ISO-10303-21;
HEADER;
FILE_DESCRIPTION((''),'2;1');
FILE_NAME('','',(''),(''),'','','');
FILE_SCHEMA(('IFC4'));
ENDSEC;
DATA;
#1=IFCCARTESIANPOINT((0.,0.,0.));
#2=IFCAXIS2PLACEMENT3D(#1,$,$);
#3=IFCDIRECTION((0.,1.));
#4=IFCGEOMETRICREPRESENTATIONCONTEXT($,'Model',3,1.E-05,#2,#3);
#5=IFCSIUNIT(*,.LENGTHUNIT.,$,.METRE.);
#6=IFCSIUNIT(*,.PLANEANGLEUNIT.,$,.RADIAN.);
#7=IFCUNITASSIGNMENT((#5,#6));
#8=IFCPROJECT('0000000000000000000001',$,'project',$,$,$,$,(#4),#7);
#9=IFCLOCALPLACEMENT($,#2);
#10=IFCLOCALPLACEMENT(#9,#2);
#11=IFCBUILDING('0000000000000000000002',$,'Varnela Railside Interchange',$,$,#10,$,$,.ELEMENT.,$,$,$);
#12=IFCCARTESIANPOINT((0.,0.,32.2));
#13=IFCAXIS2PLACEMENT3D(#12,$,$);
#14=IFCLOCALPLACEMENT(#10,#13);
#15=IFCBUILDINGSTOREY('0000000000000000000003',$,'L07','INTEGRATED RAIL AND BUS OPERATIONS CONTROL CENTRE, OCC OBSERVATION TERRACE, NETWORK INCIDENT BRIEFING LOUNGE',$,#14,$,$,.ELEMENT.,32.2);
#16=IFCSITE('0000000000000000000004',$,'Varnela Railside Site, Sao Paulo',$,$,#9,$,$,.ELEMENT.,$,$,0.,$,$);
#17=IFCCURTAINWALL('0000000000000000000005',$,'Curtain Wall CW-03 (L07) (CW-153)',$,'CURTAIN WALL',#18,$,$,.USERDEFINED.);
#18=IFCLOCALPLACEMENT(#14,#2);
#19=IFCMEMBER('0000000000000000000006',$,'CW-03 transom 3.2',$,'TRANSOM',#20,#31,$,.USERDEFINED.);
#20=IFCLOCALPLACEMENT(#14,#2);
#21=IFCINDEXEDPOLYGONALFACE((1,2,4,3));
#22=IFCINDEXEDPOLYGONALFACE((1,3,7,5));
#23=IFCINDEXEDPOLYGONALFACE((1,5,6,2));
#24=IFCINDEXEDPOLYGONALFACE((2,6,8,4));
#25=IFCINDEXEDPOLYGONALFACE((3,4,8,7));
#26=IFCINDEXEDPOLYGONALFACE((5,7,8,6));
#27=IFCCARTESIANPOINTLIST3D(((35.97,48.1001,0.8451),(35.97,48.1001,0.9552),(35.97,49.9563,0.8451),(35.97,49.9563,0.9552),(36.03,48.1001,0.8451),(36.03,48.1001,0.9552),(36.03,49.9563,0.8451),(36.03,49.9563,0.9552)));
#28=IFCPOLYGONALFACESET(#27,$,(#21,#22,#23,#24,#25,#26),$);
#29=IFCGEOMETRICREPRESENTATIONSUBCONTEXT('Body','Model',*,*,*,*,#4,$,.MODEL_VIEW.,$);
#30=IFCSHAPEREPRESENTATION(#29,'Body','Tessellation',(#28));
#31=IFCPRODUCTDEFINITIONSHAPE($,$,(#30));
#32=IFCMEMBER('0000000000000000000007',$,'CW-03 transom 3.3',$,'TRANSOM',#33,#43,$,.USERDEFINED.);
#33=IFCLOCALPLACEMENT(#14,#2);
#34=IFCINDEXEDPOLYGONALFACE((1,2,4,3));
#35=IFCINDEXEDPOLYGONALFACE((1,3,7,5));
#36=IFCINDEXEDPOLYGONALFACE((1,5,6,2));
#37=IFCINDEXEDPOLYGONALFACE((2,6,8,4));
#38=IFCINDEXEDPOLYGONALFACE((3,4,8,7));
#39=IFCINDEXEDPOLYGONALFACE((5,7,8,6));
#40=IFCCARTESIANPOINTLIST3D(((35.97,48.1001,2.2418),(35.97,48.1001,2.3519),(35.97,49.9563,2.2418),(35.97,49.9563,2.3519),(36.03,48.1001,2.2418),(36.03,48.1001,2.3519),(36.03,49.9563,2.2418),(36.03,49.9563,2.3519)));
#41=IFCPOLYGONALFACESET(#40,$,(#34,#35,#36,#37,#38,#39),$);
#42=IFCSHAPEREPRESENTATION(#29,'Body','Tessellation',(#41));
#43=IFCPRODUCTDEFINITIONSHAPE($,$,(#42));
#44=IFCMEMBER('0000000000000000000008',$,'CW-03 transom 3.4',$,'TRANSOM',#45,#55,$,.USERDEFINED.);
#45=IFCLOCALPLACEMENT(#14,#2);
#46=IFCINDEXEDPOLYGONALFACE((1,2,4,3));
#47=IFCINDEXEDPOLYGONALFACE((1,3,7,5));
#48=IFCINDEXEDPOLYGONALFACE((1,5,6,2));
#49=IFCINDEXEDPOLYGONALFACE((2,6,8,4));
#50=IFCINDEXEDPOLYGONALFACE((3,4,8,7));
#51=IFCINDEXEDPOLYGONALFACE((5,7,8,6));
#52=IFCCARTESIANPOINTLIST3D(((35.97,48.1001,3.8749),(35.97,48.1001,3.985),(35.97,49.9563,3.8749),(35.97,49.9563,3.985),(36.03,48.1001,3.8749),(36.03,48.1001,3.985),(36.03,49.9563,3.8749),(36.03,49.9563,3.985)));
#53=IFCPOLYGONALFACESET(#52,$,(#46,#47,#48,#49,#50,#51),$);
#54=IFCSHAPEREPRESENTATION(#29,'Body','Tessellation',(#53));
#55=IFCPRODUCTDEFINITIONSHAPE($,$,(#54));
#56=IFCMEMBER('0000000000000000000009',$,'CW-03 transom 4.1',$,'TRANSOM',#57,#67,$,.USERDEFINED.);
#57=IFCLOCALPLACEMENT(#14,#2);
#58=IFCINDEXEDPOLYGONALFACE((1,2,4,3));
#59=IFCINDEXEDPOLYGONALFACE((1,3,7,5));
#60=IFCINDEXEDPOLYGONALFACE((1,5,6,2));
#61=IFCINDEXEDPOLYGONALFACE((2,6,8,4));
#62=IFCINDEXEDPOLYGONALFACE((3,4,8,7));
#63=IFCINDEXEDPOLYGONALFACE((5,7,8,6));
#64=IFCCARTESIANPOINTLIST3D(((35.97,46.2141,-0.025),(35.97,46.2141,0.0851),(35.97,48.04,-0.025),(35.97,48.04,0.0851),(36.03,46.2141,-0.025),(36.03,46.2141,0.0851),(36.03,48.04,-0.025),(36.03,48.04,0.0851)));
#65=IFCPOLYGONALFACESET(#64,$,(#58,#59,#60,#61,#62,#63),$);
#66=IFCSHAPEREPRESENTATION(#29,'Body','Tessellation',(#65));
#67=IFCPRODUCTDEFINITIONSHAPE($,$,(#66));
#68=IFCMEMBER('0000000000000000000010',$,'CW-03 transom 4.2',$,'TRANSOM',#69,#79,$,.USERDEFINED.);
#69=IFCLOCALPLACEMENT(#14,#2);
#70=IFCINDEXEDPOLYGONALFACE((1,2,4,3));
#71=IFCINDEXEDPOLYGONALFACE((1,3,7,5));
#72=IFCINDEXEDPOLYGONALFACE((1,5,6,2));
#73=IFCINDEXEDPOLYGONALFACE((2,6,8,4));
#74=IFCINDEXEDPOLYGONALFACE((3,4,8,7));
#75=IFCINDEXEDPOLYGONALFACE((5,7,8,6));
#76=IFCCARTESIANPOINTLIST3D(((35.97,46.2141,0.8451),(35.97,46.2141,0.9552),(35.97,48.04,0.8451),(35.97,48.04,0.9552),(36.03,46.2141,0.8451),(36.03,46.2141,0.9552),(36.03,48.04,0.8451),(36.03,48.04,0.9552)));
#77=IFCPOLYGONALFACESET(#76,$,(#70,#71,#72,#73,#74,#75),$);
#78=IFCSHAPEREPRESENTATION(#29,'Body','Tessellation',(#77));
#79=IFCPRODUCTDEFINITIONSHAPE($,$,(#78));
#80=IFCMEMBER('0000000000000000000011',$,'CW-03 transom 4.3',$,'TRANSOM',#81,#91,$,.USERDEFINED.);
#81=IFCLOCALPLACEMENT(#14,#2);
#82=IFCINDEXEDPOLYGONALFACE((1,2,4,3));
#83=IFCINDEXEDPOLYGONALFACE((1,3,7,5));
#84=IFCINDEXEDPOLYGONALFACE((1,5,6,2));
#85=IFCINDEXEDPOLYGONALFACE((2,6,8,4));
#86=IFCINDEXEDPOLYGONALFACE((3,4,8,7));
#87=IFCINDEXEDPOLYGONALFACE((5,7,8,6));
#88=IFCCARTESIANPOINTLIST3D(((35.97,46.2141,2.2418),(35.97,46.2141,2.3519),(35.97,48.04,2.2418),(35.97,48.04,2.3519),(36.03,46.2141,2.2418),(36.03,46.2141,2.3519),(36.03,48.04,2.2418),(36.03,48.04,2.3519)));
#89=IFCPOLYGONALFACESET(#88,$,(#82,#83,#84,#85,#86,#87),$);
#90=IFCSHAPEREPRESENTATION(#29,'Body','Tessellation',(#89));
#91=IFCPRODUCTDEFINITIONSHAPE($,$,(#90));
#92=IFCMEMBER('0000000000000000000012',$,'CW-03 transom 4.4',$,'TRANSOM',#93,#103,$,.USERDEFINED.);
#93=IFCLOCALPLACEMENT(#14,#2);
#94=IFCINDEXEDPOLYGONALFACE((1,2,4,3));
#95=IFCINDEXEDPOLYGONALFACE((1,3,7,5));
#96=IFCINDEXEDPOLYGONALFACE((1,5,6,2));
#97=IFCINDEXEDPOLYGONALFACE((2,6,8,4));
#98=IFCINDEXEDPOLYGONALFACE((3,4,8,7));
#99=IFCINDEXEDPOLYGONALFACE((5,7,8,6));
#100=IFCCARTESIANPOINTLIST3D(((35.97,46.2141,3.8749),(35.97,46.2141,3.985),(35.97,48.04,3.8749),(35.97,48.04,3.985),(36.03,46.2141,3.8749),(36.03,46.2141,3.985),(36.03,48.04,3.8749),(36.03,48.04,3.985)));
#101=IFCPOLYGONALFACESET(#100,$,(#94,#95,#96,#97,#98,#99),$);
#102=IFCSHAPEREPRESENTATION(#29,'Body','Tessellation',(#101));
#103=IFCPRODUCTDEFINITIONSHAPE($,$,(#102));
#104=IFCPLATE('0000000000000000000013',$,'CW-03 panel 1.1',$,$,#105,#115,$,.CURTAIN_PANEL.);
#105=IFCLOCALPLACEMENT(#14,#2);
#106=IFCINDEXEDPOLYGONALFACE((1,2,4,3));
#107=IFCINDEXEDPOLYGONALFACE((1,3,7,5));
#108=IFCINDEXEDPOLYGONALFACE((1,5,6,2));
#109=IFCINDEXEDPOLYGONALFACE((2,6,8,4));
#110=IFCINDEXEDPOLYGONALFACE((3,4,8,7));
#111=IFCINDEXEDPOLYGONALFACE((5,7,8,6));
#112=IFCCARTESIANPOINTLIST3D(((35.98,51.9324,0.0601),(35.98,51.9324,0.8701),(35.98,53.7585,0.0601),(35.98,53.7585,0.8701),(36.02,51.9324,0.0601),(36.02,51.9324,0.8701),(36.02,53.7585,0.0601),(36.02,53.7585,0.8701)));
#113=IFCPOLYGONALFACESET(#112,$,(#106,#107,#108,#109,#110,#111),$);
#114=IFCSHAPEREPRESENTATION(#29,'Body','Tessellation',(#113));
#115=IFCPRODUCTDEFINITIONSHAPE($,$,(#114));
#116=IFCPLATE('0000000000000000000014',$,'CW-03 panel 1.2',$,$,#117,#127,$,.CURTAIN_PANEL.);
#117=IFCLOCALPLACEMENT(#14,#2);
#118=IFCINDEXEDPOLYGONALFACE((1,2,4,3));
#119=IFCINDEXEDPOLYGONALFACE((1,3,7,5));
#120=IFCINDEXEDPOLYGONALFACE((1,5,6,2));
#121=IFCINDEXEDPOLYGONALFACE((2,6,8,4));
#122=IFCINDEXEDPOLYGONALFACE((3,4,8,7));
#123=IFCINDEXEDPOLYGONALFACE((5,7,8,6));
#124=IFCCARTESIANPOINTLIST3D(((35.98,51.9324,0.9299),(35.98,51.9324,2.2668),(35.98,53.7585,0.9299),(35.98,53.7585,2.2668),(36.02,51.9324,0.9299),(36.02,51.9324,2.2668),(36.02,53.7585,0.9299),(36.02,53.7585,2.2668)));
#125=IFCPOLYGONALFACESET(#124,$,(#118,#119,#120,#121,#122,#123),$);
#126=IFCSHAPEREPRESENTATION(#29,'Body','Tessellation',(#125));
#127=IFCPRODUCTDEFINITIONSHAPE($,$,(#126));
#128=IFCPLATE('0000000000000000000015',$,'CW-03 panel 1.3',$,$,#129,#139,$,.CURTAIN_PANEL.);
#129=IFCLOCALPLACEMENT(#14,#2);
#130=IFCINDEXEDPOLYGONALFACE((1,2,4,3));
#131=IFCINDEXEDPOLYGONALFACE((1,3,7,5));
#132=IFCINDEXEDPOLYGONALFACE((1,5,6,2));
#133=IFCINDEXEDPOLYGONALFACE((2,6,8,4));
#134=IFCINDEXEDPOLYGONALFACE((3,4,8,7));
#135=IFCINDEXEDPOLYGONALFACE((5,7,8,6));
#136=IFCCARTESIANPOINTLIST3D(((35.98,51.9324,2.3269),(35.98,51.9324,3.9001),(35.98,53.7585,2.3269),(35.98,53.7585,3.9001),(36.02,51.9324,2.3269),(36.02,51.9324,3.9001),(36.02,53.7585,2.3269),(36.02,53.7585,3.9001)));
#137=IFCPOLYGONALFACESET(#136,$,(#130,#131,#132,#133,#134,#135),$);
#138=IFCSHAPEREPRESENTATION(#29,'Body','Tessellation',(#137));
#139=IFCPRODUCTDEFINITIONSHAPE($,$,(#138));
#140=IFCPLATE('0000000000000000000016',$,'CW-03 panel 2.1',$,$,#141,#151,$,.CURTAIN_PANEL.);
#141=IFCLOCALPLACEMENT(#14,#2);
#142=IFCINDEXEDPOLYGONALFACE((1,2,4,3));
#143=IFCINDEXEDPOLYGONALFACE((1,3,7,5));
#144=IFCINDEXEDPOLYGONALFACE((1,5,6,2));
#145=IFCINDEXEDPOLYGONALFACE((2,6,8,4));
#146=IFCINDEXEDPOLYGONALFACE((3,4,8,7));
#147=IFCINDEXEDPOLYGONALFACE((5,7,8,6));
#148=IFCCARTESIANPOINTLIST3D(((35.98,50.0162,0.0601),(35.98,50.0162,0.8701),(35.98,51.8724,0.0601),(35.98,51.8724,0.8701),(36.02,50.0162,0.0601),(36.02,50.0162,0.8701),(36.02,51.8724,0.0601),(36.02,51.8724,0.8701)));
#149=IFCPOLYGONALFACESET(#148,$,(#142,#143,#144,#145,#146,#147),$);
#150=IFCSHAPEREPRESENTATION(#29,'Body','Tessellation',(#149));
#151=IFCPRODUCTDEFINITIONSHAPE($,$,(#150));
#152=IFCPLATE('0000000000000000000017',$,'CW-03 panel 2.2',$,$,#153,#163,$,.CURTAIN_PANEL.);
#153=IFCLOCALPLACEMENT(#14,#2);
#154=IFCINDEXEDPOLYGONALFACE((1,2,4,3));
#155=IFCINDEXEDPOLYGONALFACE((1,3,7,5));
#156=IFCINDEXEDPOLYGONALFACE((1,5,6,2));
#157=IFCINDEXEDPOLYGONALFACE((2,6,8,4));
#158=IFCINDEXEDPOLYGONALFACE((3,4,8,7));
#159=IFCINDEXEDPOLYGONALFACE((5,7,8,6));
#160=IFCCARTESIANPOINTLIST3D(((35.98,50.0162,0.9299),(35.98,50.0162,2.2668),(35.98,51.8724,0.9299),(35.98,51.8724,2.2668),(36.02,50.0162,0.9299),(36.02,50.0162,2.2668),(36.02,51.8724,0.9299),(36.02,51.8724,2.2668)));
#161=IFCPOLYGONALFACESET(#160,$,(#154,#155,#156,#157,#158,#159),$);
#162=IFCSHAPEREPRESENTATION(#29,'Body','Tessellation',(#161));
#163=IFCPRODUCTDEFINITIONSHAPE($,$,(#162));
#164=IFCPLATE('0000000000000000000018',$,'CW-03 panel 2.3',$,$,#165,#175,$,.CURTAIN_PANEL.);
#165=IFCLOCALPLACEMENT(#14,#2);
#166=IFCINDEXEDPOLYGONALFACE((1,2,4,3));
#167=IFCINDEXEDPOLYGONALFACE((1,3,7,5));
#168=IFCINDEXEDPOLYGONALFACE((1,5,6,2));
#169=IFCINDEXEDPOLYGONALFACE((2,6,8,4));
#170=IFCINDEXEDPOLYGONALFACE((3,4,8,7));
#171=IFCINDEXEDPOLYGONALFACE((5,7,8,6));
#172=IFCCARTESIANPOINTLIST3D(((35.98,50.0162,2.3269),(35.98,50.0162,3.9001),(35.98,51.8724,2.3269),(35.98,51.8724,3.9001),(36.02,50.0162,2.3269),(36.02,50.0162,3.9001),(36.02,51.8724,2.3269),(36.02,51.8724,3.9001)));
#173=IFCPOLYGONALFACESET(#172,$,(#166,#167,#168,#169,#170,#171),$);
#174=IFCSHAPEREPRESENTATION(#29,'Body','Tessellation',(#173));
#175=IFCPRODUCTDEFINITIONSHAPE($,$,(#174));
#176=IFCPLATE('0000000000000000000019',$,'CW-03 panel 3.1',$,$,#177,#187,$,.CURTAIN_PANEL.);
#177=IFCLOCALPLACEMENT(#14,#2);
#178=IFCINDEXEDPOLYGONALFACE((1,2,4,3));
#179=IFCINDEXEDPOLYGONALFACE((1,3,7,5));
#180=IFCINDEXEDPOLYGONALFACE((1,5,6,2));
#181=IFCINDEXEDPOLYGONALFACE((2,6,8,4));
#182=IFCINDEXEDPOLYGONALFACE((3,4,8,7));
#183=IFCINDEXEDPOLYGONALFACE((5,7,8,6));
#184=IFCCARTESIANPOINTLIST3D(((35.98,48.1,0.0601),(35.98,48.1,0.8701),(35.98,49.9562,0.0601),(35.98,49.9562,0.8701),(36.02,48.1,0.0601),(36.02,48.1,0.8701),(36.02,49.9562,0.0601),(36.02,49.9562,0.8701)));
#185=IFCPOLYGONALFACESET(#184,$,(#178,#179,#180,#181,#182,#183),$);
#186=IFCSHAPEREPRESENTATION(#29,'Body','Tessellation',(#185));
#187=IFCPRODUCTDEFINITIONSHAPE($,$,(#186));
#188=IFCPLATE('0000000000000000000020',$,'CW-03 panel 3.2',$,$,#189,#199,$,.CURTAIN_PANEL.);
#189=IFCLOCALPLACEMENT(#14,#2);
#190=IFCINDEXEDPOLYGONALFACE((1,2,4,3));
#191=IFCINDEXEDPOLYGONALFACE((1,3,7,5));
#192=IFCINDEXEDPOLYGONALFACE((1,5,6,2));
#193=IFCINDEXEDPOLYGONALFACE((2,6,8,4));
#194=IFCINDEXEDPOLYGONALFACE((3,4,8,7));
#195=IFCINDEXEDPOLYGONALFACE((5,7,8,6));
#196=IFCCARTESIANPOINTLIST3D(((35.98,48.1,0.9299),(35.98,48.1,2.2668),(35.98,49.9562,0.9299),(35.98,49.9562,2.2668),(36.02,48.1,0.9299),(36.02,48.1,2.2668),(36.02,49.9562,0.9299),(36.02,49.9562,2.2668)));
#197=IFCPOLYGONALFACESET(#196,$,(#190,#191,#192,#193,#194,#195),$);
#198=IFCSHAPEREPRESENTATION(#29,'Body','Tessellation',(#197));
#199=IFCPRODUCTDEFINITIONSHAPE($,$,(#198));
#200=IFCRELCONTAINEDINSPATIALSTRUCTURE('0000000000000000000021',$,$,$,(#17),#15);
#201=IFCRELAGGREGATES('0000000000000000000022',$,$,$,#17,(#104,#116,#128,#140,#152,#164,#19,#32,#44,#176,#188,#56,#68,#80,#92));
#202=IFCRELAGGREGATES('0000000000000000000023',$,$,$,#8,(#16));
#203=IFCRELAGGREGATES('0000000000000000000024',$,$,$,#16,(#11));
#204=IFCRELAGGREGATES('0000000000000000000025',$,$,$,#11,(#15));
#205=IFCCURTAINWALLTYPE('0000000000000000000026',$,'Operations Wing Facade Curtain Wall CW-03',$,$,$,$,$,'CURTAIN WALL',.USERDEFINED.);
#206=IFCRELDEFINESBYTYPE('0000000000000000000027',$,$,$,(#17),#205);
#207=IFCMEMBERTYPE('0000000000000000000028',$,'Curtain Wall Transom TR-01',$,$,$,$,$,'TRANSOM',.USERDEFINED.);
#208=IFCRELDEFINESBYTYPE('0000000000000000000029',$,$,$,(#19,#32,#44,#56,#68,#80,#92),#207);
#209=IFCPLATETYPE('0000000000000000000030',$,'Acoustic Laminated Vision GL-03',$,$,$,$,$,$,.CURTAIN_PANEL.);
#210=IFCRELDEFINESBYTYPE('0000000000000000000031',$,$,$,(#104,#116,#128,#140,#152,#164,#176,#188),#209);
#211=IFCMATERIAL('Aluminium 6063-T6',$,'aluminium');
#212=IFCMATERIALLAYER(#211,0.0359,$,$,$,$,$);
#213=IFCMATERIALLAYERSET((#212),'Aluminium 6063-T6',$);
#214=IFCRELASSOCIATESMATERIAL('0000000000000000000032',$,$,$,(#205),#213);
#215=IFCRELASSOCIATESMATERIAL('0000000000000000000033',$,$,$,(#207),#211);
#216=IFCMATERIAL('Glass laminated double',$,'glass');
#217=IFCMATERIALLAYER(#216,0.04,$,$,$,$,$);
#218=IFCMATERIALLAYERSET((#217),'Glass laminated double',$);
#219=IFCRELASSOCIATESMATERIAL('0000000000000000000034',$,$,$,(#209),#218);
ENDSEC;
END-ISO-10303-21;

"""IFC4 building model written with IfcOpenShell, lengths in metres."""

from ifc_helpers import new_model, si_unit, direction, frame, origin, origin_2d, place, context, subcontext, project, spatial, rectangle, extrude, material, layer, layer_set, material_profile, profile_set, type_object, element, aggregate, save


model = new_model("IFC4")

# Units and contexts
model_context = context("Model", 3, precision=1e-05, world=origin(), true_north=direction((0.0, 1.0)))
body_context = subcontext(model_context, "Body", "Model", "MODEL_VIEW")
ifc_project = project(units=[si_unit("LENGTHUNIT", "METRE"), si_unit("PLANEANGLEUNIT", "RADIAN")], contexts=[model_context])

# Site, building, storey
site_placement = place(None, origin())
site = spatial("IfcSite", under=ifc_project, at=site_placement, Name="Varnela Railside Site, Sao Paulo", CompositionType="ELEMENT", RefElevation=0.0)
building_placement = place(site_placement, origin())
building = spatial("IfcBuilding", under=site, at=building_placement, Name="Varnela Railside Interchange", CompositionType="ELEMENT")
storey_placement = place(building_placement, frame((0.0, 0.0, 32.2)))
storey = spatial("IfcBuildingStorey", under=building, at=storey_placement, Name="L07", Description="INTEGRATED RAIL AND BUS OPERATIONS CONTROL CENTRE, OCC OBSERVATION TERRACE, NETWORK INCIDENT BRIEFING LOUNGE", CompositionType="ELEMENT", Elevation=32.2)

# Curtain wall, members, plates
ifc_material_1 = material(Name="Aluminium 6063-T6", Category="aluminium")
ifc_layer_1 = layer(ifc_material_1, 0.0359)
ifc_layer_set_1 = layer_set([ifc_layer_1], Name="Aluminium 6063-T6")
curtain_wall_type = type_object("IfcCurtainWallType", Name="Operations Wing Facade Curtain Wall CW-03", ElementType="CURTAIN WALL", PredefinedType="USERDEFINED", material=ifc_layer_set_1)
curtain_wall_placement = place(storey_placement, origin())
curtain_wall = element("IfcCurtainWall", 1, at=curtain_wall_placement, inside=storey, type_object=curtain_wall_type, Name="Curtain Wall CW-03 (L07) (CW-153)", ObjectType="CURTAIN WALL", PredefinedType="USERDEFINED")
ifc_material_profile_1 = material_profile(ifc_material_1, rectangle(XDim=0.0601, YDim=0.1101, at=origin_2d()), Name="ALU 60x110")
ifc_profile_set_1 = profile_set([ifc_material_profile_1], Name="Aluminium 6063-T6")
member_type_1 = type_object("IfcMemberType", Name="Curtain Wall Transom TR-01", ElementType="TRANSOM", PredefinedType="USERDEFINED", material=ifc_profile_set_1)
member_1_placement = place(storey_placement, frame((36.0, 49.9563, 0.9001), z_axis=(0.0, -1.0, 0.0), x_axis=(1.0, 0.0, 0.0)))
member_1 = element("IfcMember", 2, at=member_1_placement, type_object=member_type_1, Name="CW-03 transom 3.2", ObjectType="TRANSOM", PredefinedType="USERDEFINED", context=body_context, shape_type="SweptSolid", body=[
    extrude(rectangle(XDim=0.0601, YDim=0.1101, at=origin_2d()), origin(), (0.0, 0.0, 1.0), 1.8562),
])
member_2_placement = place(storey_placement, frame((36.0, 49.9563, 2.2969), z_axis=(0.0, -1.0, 0.0), x_axis=(1.0, 0.0, 0.0)))
member_2 = element("IfcMember", 3, at=member_2_placement, type_object=member_type_1, Name="CW-03 transom 3.3", ObjectType="TRANSOM", PredefinedType="USERDEFINED", context=body_context, shape_type="SweptSolid", body=[
    extrude(rectangle(XDim=0.0601, YDim=0.1101, at=origin_2d()), origin(), (0.0, 0.0, 1.0), 1.8562),
])
member_3_placement = place(storey_placement, frame((36.0, 49.9563, 3.9299), z_axis=(0.0, -1.0, 0.0), x_axis=(1.0, 0.0, 0.0)))
member_3 = element("IfcMember", 4, at=member_3_placement, type_object=member_type_1, Name="CW-03 transom 3.4", ObjectType="TRANSOM", PredefinedType="USERDEFINED", context=body_context, shape_type="SweptSolid", body=[
    extrude(rectangle(XDim=0.0601, YDim=0.1101, at=origin_2d()), origin(), (0.0, 0.0, 1.0), 1.8562),
])
member_4_placement = place(storey_placement, frame((36.0, 48.04, 0.03), z_axis=(0.0, -1.0, 0.0), x_axis=(1.0, 0.0, 0.0)))
member_4 = element("IfcMember", 5, at=member_4_placement, type_object=member_type_1, Name="CW-03 transom 4.1", ObjectType="TRANSOM", PredefinedType="USERDEFINED", context=body_context, shape_type="SweptSolid", body=[
    extrude(rectangle(XDim=0.0601, YDim=0.1101, at=origin_2d()), origin(), (0.0, 0.0, 1.0), 1.8259),
])
member_5_placement = place(storey_placement, frame((36.0, 48.04, 0.9001), z_axis=(0.0, -1.0, 0.0), x_axis=(1.0, 0.0, 0.0)))
member_5 = element("IfcMember", 6, at=member_5_placement, type_object=member_type_1, Name="CW-03 transom 4.2", ObjectType="TRANSOM", PredefinedType="USERDEFINED", context=body_context, shape_type="SweptSolid", body=[
    extrude(rectangle(XDim=0.0601, YDim=0.1101, at=origin_2d()), origin(), (0.0, 0.0, 1.0), 1.8259),
])
member_6_placement = place(storey_placement, frame((36.0, 48.04, 2.2969), z_axis=(0.0, -1.0, 0.0), x_axis=(1.0, 0.0, 0.0)))
member_6 = element("IfcMember", 7, at=member_6_placement, type_object=member_type_1, Name="CW-03 transom 4.3", ObjectType="TRANSOM", PredefinedType="USERDEFINED", context=body_context, shape_type="SweptSolid", body=[
    extrude(rectangle(XDim=0.0601, YDim=0.1101, at=origin_2d()), origin(), (0.0, 0.0, 1.0), 1.8259),
])
member_7_placement = place(storey_placement, frame((36.0, 48.04, 3.9299), z_axis=(0.0, -1.0, 0.0), x_axis=(1.0, 0.0, 0.0)))
member_7 = element("IfcMember", 8, at=member_7_placement, type_object=member_type_1, Name="CW-03 transom 4.4", ObjectType="TRANSOM", PredefinedType="USERDEFINED", context=body_context, shape_type="SweptSolid", body=[
    extrude(rectangle(XDim=0.0601, YDim=0.1101, at=origin_2d()), origin(), (0.0, 0.0, 1.0), 1.8259),
])
ifc_material_2 = material(Name="Glass laminated double", Category="glass")
ifc_layer_2 = layer(ifc_material_2, 0.04)
ifc_layer_set_2 = layer_set([ifc_layer_2], Name="Glass laminated double")
plate_type = type_object("IfcPlateType", Name="Acoustic Laminated Vision GL-03", PredefinedType="CURTAIN_PANEL", material=ifc_layer_set_2)
plate_1_placement = place(storey_placement, frame((36.0, 52.8455, 0.0601), z_axis=(0.0, 0.0, 1.0), x_axis=(0.0, -1.0, 0.0)))
plate_1 = element("IfcPlate", 9, at=plate_1_placement, type_object=plate_type, Name="CW-03 panel 1.1", PredefinedType="CURTAIN_PANEL", context=body_context, shape_type="SweptSolid", body=[
    extrude(rectangle(XDim=1.8262, YDim=0.04, at=origin_2d()), origin(), (0.0, 0.0, 1.0), 0.8101),
])
plate_2_placement = place(storey_placement, frame((36.0, 52.8455, 0.9299), z_axis=(0.0, 0.0, 1.0), x_axis=(0.0, -1.0, 0.0)))
plate_2 = element("IfcPlate", 10, at=plate_2_placement, type_object=plate_type, Name="CW-03 panel 1.2", PredefinedType="CURTAIN_PANEL", context=body_context, shape_type="SweptSolid", body=[
    extrude(rectangle(XDim=1.8262, YDim=0.04, at=origin_2d()), origin(), (0.0, 0.0, 1.0), 1.3369),
])
plate_3_placement = place(storey_placement, frame((36.0, 52.8455, 2.3269), z_axis=(0.0, 0.0, 1.0), x_axis=(0.0, -1.0, 0.0)))
plate_3 = element("IfcPlate", 11, at=plate_3_placement, type_object=plate_type, Name="CW-03 panel 1.3", PredefinedType="CURTAIN_PANEL", context=body_context, shape_type="SweptSolid", body=[
    extrude(rectangle(XDim=1.8262, YDim=0.04, at=origin_2d()), origin(), (0.0, 0.0, 1.0), 1.5732),
])
plate_4_placement = place(storey_placement, frame((36.0, 50.9443, 0.0601), z_axis=(0.0, 0.0, 1.0), x_axis=(0.0, -1.0, 0.0)))
plate_4 = element("IfcPlate", 12, at=plate_4_placement, type_object=plate_type, Name="CW-03 panel 2.1", PredefinedType="CURTAIN_PANEL", context=body_context, shape_type="SweptSolid", body=[
    extrude(rectangle(XDim=1.8562, YDim=0.04, at=origin_2d()), origin(), (0.0, 0.0, 1.0), 0.8101),
])
plate_5_placement = place(storey_placement, frame((36.0, 50.9443, 0.9299), z_axis=(0.0, 0.0, 1.0), x_axis=(0.0, -1.0, 0.0)))
plate_5 = element("IfcPlate", 13, at=plate_5_placement, type_object=plate_type, Name="CW-03 panel 2.2", PredefinedType="CURTAIN_PANEL", context=body_context, shape_type="SweptSolid", body=[
    extrude(rectangle(XDim=1.8562, YDim=0.04, at=origin_2d()), origin(), (0.0, 0.0, 1.0), 1.3369),
])
plate_6_placement = place(storey_placement, frame((36.0, 50.9443, 2.3269), z_axis=(0.0, 0.0, 1.0), x_axis=(0.0, -1.0, 0.0)))
plate_6 = element("IfcPlate", 14, at=plate_6_placement, type_object=plate_type, Name="CW-03 panel 2.3", PredefinedType="CURTAIN_PANEL", context=body_context, shape_type="SweptSolid", body=[
    extrude(rectangle(XDim=1.8562, YDim=0.04, at=origin_2d()), origin(), (0.0, 0.0, 1.0), 1.5732),
])
plate_7_placement = place(storey_placement, frame((36.0, 49.0281, 0.0601), z_axis=(0.0, 0.0, 1.0), x_axis=(0.0, -1.0, 0.0)))
plate_7 = element("IfcPlate", 15, at=plate_7_placement, type_object=plate_type, Name="CW-03 panel 3.1", PredefinedType="CURTAIN_PANEL", context=body_context, shape_type="SweptSolid", body=[
    extrude(rectangle(XDim=1.8562, YDim=0.04, at=origin_2d()), origin(), (0.0, 0.0, 1.0), 0.8101),
])
plate_8_placement = place(storey_placement, frame((36.0, 49.0281, 0.9299), z_axis=(0.0, 0.0, 1.0), x_axis=(0.0, -1.0, 0.0)))
plate_8 = element("IfcPlate", 16, at=plate_8_placement, type_object=plate_type, Name="CW-03 panel 3.2", PredefinedType="CURTAIN_PANEL", context=body_context, shape_type="SweptSolid", body=[
    extrude(rectangle(XDim=1.8562, YDim=0.04, at=origin_2d()), origin(), (0.0, 0.0, 1.0), 1.3369),
])
aggregate(curtain_wall, [plate_1, plate_2, plate_3, plate_4, plate_5, plate_6, member_1, member_2, member_3, plate_7, plate_8, member_4, member_5, member_6, member_7])

save(model, "model.ifc")
